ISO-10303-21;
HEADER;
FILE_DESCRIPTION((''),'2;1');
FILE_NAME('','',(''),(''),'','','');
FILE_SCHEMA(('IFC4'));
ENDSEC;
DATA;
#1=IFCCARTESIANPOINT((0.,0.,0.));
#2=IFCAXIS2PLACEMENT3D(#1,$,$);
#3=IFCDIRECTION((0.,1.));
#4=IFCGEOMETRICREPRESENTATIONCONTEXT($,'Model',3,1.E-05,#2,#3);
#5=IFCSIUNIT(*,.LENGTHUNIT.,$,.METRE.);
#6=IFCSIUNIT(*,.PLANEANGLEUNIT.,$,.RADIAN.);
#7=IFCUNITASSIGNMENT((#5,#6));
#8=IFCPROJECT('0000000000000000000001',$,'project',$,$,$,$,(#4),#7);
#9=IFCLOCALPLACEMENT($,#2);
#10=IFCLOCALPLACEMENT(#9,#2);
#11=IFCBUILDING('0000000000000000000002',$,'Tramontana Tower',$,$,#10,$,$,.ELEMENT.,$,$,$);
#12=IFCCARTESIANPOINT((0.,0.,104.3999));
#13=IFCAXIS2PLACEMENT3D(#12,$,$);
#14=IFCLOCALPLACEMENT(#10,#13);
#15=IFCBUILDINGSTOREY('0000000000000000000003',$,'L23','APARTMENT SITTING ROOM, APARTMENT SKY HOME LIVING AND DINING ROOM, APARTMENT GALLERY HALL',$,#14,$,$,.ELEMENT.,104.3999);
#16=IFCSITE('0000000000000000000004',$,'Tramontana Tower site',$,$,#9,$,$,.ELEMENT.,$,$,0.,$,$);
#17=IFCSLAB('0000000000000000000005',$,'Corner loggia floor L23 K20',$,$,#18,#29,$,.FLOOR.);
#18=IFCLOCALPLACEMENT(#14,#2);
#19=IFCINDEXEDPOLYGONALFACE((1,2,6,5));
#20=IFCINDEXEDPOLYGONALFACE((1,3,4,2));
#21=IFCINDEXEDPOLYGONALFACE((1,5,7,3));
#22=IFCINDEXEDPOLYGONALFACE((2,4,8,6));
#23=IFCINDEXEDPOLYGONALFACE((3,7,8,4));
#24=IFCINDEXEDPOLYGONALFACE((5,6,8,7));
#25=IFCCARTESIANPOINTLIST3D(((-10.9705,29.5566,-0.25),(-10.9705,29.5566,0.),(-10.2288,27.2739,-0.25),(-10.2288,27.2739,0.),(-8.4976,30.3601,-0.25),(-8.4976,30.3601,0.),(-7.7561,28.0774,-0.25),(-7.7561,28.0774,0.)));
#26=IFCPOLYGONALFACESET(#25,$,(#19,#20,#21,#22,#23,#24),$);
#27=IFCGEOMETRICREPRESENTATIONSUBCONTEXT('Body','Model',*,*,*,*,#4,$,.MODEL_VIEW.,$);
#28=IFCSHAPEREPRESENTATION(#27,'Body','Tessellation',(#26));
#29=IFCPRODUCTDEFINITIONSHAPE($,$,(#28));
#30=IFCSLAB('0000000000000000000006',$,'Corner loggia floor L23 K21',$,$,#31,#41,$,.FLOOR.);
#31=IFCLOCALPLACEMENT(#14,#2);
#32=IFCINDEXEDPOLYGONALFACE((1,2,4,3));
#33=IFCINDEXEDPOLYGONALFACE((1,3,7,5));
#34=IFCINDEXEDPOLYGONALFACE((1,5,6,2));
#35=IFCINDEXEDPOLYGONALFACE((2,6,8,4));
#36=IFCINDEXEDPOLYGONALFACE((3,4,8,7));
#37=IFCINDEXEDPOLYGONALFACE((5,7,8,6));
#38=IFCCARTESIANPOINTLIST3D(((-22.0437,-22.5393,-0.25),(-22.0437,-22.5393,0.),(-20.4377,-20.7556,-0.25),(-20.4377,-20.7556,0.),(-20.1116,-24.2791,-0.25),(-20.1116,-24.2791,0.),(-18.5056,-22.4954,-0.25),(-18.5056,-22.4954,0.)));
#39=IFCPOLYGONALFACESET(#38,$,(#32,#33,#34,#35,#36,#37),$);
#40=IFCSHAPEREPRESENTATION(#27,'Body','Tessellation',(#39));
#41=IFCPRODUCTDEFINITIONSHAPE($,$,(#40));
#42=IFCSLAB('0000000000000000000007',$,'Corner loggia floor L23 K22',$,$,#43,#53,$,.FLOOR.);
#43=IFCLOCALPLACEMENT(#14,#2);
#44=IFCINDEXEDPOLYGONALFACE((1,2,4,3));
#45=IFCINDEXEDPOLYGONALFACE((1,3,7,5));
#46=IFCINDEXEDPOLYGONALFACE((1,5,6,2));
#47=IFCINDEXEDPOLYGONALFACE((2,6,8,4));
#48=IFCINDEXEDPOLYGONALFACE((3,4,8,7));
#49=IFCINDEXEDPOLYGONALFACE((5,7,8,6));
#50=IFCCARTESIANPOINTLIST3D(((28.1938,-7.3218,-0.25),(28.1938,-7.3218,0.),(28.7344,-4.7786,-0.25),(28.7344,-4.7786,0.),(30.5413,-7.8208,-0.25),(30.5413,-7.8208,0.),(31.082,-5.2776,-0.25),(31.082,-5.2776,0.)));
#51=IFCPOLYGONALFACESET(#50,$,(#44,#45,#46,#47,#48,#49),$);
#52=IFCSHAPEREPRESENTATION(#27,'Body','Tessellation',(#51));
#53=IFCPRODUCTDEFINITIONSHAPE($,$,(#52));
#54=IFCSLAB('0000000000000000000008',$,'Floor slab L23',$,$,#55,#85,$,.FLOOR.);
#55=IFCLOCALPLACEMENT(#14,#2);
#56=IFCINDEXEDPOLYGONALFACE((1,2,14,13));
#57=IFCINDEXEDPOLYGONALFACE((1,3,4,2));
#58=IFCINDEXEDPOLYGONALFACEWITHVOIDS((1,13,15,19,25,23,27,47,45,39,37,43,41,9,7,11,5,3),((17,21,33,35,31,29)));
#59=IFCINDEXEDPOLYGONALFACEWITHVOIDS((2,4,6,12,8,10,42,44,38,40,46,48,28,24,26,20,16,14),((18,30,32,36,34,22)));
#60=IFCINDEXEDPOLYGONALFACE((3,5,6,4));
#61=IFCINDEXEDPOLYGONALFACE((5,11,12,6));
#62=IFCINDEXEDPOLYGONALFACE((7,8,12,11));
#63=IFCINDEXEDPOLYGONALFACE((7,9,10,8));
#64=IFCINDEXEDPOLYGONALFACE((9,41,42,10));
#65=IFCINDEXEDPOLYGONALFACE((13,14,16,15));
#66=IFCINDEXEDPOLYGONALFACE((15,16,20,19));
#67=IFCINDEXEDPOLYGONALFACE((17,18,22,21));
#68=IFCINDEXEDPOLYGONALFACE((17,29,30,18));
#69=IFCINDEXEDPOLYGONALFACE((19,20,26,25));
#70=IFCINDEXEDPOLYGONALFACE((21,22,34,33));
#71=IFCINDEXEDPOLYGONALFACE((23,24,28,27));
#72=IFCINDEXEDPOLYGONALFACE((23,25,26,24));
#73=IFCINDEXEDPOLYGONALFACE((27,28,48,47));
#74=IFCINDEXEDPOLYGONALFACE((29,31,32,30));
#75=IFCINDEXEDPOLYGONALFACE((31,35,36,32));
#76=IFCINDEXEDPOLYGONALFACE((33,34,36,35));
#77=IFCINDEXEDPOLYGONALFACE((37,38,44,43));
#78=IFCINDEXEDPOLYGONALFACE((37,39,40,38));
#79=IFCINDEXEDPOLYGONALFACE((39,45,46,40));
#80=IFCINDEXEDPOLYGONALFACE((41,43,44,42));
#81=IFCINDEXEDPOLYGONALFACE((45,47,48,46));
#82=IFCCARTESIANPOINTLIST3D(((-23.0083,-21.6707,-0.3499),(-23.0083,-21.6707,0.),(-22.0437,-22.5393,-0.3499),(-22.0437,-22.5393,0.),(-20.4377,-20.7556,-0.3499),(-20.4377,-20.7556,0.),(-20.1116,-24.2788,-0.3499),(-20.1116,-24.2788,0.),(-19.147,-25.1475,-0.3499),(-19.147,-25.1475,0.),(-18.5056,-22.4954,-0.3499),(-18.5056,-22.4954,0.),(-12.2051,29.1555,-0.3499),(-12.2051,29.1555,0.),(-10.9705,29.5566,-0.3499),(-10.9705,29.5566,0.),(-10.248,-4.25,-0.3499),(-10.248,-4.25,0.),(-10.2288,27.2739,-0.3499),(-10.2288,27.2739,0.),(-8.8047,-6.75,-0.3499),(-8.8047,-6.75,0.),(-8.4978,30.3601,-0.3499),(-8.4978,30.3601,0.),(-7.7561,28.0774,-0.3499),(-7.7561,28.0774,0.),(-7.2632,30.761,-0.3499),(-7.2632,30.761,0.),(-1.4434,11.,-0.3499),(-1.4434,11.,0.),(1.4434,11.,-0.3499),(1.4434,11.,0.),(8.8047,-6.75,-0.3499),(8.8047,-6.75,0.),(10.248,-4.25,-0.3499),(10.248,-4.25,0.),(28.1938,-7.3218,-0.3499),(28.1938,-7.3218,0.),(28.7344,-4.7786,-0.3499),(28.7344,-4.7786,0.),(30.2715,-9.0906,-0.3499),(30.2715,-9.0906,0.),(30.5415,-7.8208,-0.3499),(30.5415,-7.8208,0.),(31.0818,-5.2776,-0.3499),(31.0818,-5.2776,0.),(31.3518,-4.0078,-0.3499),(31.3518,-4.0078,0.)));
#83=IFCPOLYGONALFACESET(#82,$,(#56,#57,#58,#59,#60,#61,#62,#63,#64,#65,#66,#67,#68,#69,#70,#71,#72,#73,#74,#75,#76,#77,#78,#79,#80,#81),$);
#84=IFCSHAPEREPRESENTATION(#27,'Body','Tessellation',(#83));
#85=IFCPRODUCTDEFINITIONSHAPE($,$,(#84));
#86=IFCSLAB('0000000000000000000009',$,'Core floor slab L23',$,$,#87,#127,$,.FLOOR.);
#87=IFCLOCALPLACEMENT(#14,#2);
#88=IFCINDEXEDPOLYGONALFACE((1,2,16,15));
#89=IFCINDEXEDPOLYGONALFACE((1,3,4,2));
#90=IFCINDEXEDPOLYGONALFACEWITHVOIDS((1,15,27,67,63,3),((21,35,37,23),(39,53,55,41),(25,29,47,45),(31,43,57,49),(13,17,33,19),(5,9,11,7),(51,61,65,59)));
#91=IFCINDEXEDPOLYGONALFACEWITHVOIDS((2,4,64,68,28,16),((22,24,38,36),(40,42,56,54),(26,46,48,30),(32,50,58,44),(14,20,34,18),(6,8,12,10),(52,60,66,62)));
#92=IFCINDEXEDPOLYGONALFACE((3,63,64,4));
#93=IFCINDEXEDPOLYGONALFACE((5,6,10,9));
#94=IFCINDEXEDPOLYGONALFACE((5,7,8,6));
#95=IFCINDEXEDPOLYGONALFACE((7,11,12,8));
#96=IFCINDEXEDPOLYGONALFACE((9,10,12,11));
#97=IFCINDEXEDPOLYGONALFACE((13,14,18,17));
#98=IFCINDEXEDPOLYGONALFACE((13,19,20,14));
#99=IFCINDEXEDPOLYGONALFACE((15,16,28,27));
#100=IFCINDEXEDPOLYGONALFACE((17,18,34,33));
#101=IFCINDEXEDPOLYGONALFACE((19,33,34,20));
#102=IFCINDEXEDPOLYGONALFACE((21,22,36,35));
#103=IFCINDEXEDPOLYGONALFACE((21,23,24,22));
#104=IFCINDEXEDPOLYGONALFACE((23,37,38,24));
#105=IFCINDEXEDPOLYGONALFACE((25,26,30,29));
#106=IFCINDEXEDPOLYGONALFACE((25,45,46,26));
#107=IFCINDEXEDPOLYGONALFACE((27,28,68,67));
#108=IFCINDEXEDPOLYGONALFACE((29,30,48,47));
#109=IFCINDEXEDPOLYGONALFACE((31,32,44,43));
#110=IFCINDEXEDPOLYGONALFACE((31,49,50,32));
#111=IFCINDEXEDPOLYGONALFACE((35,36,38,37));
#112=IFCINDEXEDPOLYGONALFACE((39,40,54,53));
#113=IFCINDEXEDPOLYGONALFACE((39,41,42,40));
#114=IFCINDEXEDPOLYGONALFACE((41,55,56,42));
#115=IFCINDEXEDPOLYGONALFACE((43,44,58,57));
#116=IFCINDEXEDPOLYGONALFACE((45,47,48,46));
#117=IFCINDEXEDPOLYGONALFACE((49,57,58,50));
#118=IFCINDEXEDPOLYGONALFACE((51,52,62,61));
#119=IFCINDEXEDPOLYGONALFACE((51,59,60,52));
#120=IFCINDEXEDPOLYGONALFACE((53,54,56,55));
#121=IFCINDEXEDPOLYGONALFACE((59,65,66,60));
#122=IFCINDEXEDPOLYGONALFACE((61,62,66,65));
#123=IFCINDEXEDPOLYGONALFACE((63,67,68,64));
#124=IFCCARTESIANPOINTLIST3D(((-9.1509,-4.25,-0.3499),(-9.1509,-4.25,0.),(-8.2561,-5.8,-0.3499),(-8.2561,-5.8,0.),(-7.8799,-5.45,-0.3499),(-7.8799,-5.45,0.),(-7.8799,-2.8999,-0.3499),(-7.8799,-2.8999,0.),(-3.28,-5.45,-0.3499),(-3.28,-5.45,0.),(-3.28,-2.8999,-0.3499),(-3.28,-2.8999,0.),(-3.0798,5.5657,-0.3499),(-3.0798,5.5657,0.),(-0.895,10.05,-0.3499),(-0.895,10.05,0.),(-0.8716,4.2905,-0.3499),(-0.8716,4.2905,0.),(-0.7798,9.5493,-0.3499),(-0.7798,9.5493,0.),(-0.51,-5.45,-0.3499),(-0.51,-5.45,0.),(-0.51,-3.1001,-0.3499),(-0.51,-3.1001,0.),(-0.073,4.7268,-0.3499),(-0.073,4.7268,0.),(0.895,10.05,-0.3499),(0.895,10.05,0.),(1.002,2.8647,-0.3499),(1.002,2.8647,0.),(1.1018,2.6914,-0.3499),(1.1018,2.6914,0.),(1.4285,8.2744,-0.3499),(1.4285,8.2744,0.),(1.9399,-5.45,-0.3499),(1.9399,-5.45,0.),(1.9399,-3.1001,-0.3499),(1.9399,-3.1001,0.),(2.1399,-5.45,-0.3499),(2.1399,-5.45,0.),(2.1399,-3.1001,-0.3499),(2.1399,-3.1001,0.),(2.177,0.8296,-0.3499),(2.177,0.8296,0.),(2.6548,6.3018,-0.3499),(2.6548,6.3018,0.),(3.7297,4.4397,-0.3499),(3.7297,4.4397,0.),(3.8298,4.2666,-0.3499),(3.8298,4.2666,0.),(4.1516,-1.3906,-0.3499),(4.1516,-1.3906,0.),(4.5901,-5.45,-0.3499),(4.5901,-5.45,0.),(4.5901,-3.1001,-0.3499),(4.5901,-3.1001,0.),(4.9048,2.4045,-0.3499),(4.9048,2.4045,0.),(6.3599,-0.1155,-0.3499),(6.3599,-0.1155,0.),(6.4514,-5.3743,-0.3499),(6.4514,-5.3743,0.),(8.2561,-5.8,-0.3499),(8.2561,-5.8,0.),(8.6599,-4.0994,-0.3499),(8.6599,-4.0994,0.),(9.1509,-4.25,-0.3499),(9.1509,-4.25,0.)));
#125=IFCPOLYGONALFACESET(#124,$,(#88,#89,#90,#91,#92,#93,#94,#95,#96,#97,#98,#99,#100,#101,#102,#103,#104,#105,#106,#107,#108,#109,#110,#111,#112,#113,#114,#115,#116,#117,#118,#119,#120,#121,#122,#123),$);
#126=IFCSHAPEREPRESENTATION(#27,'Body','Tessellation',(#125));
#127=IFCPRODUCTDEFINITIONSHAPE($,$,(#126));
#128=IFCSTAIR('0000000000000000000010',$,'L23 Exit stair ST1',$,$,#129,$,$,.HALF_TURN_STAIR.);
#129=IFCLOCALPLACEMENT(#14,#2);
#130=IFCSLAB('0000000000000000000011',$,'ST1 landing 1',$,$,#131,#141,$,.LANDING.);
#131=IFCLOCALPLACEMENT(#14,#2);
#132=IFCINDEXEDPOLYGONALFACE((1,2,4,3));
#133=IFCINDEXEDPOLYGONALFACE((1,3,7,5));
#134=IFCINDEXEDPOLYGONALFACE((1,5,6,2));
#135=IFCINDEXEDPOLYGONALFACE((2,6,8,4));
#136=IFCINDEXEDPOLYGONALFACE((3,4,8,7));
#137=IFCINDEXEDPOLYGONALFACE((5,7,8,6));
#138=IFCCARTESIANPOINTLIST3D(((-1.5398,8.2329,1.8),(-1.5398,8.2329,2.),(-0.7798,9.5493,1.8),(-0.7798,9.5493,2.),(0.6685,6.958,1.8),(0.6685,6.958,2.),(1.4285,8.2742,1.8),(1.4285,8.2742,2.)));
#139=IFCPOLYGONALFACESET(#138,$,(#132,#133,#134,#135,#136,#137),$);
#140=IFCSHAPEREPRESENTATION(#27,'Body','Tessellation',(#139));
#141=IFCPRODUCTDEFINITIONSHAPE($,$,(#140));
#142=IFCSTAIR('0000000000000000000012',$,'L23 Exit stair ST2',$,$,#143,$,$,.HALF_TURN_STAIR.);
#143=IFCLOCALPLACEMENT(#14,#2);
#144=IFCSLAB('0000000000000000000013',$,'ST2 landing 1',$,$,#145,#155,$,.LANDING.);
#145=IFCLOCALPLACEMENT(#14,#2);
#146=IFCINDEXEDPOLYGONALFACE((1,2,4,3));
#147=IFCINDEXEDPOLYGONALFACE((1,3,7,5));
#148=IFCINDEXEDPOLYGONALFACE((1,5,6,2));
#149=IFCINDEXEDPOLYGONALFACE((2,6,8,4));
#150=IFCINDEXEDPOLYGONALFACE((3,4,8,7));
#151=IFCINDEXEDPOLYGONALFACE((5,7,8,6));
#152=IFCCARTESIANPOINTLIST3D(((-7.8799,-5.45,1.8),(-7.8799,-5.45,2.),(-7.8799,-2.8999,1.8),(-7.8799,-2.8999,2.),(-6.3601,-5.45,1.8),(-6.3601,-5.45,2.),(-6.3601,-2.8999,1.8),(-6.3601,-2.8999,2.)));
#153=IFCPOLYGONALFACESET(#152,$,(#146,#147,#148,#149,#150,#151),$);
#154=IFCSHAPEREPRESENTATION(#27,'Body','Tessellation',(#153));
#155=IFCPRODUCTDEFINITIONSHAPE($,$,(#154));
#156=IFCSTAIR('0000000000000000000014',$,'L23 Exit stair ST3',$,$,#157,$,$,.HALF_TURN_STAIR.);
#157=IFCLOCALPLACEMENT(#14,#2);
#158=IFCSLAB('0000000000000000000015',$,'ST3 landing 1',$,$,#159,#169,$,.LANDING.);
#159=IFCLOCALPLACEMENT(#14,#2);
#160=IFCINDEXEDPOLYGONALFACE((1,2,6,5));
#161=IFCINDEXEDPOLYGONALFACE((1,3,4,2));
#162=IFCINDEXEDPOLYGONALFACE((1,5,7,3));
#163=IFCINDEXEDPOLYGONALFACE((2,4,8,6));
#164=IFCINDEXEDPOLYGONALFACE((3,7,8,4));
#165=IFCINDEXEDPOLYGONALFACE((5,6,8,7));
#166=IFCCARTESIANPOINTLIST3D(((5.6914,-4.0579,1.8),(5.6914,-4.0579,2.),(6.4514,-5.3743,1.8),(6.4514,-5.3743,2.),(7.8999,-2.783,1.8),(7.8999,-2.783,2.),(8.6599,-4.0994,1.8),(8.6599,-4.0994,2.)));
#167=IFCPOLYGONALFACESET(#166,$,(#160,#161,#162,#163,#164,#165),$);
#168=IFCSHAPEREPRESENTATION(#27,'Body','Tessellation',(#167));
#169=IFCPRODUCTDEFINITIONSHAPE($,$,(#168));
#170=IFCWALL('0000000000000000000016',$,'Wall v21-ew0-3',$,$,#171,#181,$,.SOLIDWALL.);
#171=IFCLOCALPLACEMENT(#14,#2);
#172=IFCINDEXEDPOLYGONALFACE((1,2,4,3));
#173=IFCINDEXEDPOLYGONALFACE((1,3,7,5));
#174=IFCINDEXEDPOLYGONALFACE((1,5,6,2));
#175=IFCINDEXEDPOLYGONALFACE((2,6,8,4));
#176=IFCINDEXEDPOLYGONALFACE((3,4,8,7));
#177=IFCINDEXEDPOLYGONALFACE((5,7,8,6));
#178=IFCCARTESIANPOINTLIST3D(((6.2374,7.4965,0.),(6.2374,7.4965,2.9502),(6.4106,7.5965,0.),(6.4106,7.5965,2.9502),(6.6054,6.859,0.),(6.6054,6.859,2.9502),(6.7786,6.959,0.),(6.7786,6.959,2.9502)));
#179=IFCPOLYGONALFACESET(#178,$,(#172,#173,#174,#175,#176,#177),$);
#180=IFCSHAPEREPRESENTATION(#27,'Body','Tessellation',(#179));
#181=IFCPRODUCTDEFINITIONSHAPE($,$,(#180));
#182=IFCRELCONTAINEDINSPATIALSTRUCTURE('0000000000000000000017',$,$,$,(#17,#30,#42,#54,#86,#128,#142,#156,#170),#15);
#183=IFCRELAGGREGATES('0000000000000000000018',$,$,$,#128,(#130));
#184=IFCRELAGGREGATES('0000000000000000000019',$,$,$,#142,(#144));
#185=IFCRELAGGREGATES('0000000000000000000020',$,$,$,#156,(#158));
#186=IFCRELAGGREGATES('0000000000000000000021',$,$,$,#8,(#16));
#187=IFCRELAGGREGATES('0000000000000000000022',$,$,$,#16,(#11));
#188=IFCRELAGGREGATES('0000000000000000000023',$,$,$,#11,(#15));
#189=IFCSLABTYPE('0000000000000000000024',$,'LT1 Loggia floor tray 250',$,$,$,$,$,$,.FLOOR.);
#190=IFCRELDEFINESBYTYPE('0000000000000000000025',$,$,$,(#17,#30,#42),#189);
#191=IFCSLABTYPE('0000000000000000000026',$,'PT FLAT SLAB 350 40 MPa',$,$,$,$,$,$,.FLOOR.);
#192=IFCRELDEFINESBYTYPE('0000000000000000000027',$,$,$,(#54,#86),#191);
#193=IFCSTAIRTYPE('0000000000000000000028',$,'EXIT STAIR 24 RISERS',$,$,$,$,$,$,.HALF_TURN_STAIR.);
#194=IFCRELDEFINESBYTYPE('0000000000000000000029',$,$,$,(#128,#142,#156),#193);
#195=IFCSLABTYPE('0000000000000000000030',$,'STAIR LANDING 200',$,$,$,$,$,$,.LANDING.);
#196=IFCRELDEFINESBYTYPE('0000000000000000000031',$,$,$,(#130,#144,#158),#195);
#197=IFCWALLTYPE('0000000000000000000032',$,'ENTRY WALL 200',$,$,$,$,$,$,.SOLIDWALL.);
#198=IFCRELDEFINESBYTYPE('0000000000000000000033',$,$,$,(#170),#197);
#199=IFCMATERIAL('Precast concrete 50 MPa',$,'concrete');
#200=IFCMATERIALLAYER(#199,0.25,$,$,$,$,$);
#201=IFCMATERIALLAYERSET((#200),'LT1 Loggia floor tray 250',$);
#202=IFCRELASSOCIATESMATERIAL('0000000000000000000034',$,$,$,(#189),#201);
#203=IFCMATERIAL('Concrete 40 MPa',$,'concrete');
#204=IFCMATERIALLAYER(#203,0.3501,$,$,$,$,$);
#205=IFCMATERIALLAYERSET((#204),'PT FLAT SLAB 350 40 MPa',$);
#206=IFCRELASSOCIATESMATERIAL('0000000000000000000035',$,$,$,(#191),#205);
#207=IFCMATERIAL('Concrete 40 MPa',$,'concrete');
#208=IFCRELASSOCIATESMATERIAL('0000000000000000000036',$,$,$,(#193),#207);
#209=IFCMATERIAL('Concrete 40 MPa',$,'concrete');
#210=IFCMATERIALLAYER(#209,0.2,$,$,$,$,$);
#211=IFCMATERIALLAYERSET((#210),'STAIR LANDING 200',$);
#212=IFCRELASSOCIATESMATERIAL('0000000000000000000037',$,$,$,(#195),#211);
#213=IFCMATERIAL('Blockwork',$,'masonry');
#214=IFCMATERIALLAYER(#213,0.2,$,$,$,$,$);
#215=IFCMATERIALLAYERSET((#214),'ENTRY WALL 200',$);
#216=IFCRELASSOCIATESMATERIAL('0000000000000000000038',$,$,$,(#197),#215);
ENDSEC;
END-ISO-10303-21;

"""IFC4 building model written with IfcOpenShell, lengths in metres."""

from ifc_helpers import new_model, si_unit, direction, frame, frame_2d, origin, place, context, subcontext, project, spatial, polyline, rectangle, outline, extrude, material, layer, layer_set, type_object, element, aggregate, save


model = new_model("IFC4")

# Units and contexts
model_context = context("Model", 3, precision=1e-05, world=origin(), true_north=direction((0.0, 1.0)))
body_context = subcontext(model_context, "Body", "Model", "MODEL_VIEW")
ifc_project = project(units=[si_unit("LENGTHUNIT", "METRE"), si_unit("PLANEANGLEUNIT", "RADIAN")], contexts=[model_context])

# Site, building, storey
site_placement = place(None, origin())
site = spatial("IfcSite", under=ifc_project, at=site_placement, Name="Tramontana Tower site", CompositionType="ELEMENT", RefElevation=0.0)
building_placement = place(site_placement, origin())
building = spatial("IfcBuilding", under=site, at=building_placement, Name="Tramontana Tower", CompositionType="ELEMENT")
storey_placement = place(building_placement, frame((0.0, 0.0, 104.3999)))
storey = spatial("IfcBuildingStorey", under=building, at=storey_placement, Name="L23", Description="APARTMENT SITTING ROOM, APARTMENT SKY HOME LIVING AND DINING ROOM, APARTMENT GALLERY HALL", CompositionType="ELEMENT", Elevation=104.3999)

# Slabs
ifc_material_1 = material(Name="Precast concrete 50 MPa", Category="concrete")
ifc_layer_1 = layer(ifc_material_1, 0.25)
ifc_layer_set_1 = layer_set([ifc_layer_1], Name="LT1 Loggia floor tray 250")
slab_type_1 = type_object("IfcSlabType", Name="LT1 Loggia floor tray 250", PredefinedType="FLOOR", material=ifc_layer_set_1)
slab_1_placement = place(storey_placement, frame((0.0, 0.0, -0.25)))
element("IfcSlab", 1, at=slab_1_placement, inside=storey, type_object=slab_type_1, Name="Corner loggia floor L23 K20", PredefinedType="FLOOR", context=body_context, shape_type="SweptSolid", body=[
    extrude(outline(polyline([(-8.4976, 30.3601), (-7.7561, 28.0774), (-10.2288, 27.2739), (-10.9705, 29.5566), (-8.4976, 30.3601)])), origin(), (0.0, 0.0, 1.0), 0.25),
])
slab_2_placement = place(storey_placement, frame((0.0, 0.0, -0.25)))
element("IfcSlab", 2, at=slab_2_placement, inside=storey, type_object=slab_type_1, Name="Corner loggia floor L23 K21", PredefinedType="FLOOR", context=body_context, shape_type="SweptSolid", body=[
    extrude(outline(polyline([(-22.0437, -22.5393), (-20.4377, -20.7556), (-18.5056, -22.4954), (-20.1116, -24.2791), (-22.0437, -22.5393)])), origin(), (0.0, 0.0, 1.0), 0.25),
])
slab_3_placement = place(storey_placement, frame((0.0, 0.0, -0.25)))
element("IfcSlab", 3, at=slab_3_placement, inside=storey, type_object=slab_type_1, Name="Corner loggia floor L23 K22", PredefinedType="FLOOR", context=body_context, shape_type="SweptSolid", body=[
    extrude(outline(polyline([(30.5413, -7.8208), (28.1938, -7.3218), (28.7344, -4.7786), (31.082, -5.2776), (30.5413, -7.8208)])), origin(), (0.0, 0.0, 1.0), 0.25),
])
ifc_material_2 = material(Name="Concrete 40 MPa", Category="concrete")
ifc_layer_2 = layer(ifc_material_2, 0.3501)
ifc_layer_set_2 = layer_set([ifc_layer_2], Name="PT FLAT SLAB 350 40 MPa")
slab_type_2 = type_object("IfcSlabType", Name="PT FLAT SLAB 350 40 MPa", PredefinedType="FLOOR", material=ifc_layer_set_2)
slab_4_placement = place(storey_placement, frame((0.0, 0.0, -0.3499)))
element("IfcSlab", 4, at=slab_4_placement, inside=storey, type_object=slab_type_2, Name="Floor slab L23", PredefinedType="FLOOR", context=body_context, shape_type="SweptSolid", body=[
    extrude(outline(polyline([(31.0818, -5.2776), (28.7344, -4.7786), (28.1938, -7.3218), (30.5415, -7.8208), (30.2715, -9.0906), (-19.147, -25.1475), (-20.1116, -24.2788), (-18.5056, -22.4954), (-20.4377, -20.7556), (-22.0437, -22.5393), (-23.0083, -21.6707), (-12.2051, 29.1555), (-10.9705, 29.5566), (-10.2288, 27.2739), (-7.7561, 28.0774), (-8.4978, 30.3601), (-7.2632, 30.761), (31.3518, -4.0078), (31.0818, -5.2776)]), holes=[polyline([(-10.248, -4.25), (-8.8047, -6.75), (8.8047, -6.75), (10.248, -4.25), (1.4434, 11.0), (-1.4434, 11.0), (-10.248, -4.25)])]), origin(), (0.0, 0.0, 1.0), 0.3499),
])
slab_5_placement = place(storey_placement, frame((0.0, 0.0, -0.3499)))
element("IfcSlab", 5, at=slab_5_placement, inside=storey, type_object=slab_type_2, Name="Core floor slab L23", PredefinedType="FLOOR", context=body_context, shape_type="SweptSolid", body=[
    extrude(outline(polyline([(9.1509, -4.25), (8.2561, -5.8), (-8.2561, -5.8), (-9.1509, -4.25), (-0.895, 10.05), (0.895, 10.05), (9.1509, -4.25)]), holes=[polyline([(8.6599, -4.0994), (6.3599, -0.1155), (4.1516, -1.3906), (6.4514, -5.3743), (8.6599, -4.0994)]), polyline([(3.8298, 4.2666), (1.1018, 2.6914), (2.177, 0.8296), (4.9048, 2.4045), (3.8298, 4.2666)]), polyline([(4.5901, -3.1001), (2.1399, -3.1001), (2.1399, -5.45), (4.5901, -5.45), (4.5901, -3.1001)]), polyline([(2.6548, 6.3018), (-0.073, 4.7268), (1.002, 2.8647), (3.7297, 4.4397), (2.6548, 6.3018)]), polyline([(1.9399, -5.45), (1.9399, -3.1001), (-0.51, -3.1001), (-0.51, -5.45), (1.9399, -5.45)]), polyline([(-0.7798, 9.5493), (-3.0798, 5.5657), (-0.8716, 4.2905), (1.4285, 8.2744), (-0.7798, 9.5493)]), polyline([(-7.8799, -5.45), (-3.28, -5.45), (-3.28, -2.8999), (-7.8799, -2.8999), (-7.8799, -5.45)])]), origin(), (0.0, 0.0, 1.0), 0.3499),
])

# Stairs, slabs
ifc_material_3 = material(Name="Concrete 40 MPa", Category="concrete")
stair_type = type_object("IfcStairType", Name="EXIT STAIR 24 RISERS", PredefinedType="HALF_TURN_STAIR", material=ifc_material_3)
stair_1_placement = place(storey_placement, origin())
stair_1 = element("IfcStair", 6, at=stair_1_placement, inside=storey, type_object=stair_type, Name="L23 Exit stair ST1", PredefinedType="HALF_TURN_STAIR")
ifc_material_4 = material(Name="Concrete 40 MPa", Category="concrete")
ifc_layer_3 = layer(ifc_material_4, 0.2)
ifc_layer_set_3 = layer_set([ifc_layer_3], Name="STAIR LANDING 200")
slab_type_3 = type_object("IfcSlabType", Name="STAIR LANDING 200", PredefinedType="LANDING", material=ifc_layer_set_3)
slab_6_placement = place(storey_placement, frame((0.0, 0.0, 1.8)))
slab_6 = element("IfcSlab", 7, at=slab_6_placement, type_object=slab_type_3, Name="ST1 landing 1", PredefinedType="LANDING", context=body_context, shape_type="SweptSolid", body=[
    extrude(outline(polyline([(0.6685, 6.958), (1.4285, 8.2742), (-0.7798, 9.5493), (-1.5398, 8.2329), (0.6685, 6.958)])), origin(), (0.0, 0.0, 1.0), 0.2),
])
aggregate(stair_1, [slab_6])
stair_2_placement = place(storey_placement, origin())
stair_2 = element("IfcStair", 8, at=stair_2_placement, inside=storey, type_object=stair_type, Name="L23 Exit stair ST2", PredefinedType="HALF_TURN_STAIR")
slab_7_placement = place(storey_placement, frame((0.0, 0.0, 1.8)))
slab_7 = element("IfcSlab", 9, at=slab_7_placement, type_object=slab_type_3, Name="ST2 landing 1", PredefinedType="LANDING", context=body_context, shape_type="SweptSolid", body=[
    extrude(outline(polyline([(-6.3601, -2.8999), (-7.8799, -2.8999), (-7.8799, -5.45), (-6.3601, -5.45), (-6.3601, -2.8999)])), origin(), (0.0, 0.0, 1.0), 0.2),
])
aggregate(stair_2, [slab_7])
stair_3_placement = place(storey_placement, origin())
stair_3 = element("IfcStair", 10, at=stair_3_placement, inside=storey, type_object=stair_type, Name="L23 Exit stair ST3", PredefinedType="HALF_TURN_STAIR")
slab_8_placement = place(storey_placement, frame((0.0, 0.0, 1.8)))
slab_8 = element("IfcSlab", 11, at=slab_8_placement, type_object=slab_type_3, Name="ST3 landing 1", PredefinedType="LANDING", context=body_context, shape_type="SweptSolid", body=[
    extrude(outline(polyline([(5.6914, -4.0579), (6.4514, -5.3743), (8.6599, -4.0994), (7.8999, -2.783), (5.6914, -4.0579)])), origin(), (0.0, 0.0, 1.0), 0.2),
])

# Wall
ifc_material_5 = material(Name="Blockwork", Category="masonry")
ifc_layer_4 = layer(ifc_material_5, 0.2)
ifc_layer_set_4 = layer_set([ifc_layer_4], Name="ENTRY WALL 200")
wall_type_1 = type_object("IfcWallType", Name="ENTRY WALL 200", PredefinedType="SOLIDWALL", material=ifc_layer_set_4)
wall_1_placement = place(storey_placement, frame((6.324, 7.5466, 0.0), z_axis=(0.0, 0.0, 1.0), x_axis=(0.499885, -0.866092, 0.0)))
element("IfcWall", 12, at=wall_1_placement, inside=storey, type_object=wall_type_1, Name="Wall v21-ew0-3", PredefinedType="SOLIDWALL", context=body_context, shape_type="SweptSolid", body=[
    extrude(rectangle(XDim=0.7361, YDim=0.2, at=frame_2d((0.3682, 0.0))), origin(), (0.0, 0.0, 1.0), 2.9502),
])

aggregate(stair_3, [slab_8])

save(model, "model.ifc")
